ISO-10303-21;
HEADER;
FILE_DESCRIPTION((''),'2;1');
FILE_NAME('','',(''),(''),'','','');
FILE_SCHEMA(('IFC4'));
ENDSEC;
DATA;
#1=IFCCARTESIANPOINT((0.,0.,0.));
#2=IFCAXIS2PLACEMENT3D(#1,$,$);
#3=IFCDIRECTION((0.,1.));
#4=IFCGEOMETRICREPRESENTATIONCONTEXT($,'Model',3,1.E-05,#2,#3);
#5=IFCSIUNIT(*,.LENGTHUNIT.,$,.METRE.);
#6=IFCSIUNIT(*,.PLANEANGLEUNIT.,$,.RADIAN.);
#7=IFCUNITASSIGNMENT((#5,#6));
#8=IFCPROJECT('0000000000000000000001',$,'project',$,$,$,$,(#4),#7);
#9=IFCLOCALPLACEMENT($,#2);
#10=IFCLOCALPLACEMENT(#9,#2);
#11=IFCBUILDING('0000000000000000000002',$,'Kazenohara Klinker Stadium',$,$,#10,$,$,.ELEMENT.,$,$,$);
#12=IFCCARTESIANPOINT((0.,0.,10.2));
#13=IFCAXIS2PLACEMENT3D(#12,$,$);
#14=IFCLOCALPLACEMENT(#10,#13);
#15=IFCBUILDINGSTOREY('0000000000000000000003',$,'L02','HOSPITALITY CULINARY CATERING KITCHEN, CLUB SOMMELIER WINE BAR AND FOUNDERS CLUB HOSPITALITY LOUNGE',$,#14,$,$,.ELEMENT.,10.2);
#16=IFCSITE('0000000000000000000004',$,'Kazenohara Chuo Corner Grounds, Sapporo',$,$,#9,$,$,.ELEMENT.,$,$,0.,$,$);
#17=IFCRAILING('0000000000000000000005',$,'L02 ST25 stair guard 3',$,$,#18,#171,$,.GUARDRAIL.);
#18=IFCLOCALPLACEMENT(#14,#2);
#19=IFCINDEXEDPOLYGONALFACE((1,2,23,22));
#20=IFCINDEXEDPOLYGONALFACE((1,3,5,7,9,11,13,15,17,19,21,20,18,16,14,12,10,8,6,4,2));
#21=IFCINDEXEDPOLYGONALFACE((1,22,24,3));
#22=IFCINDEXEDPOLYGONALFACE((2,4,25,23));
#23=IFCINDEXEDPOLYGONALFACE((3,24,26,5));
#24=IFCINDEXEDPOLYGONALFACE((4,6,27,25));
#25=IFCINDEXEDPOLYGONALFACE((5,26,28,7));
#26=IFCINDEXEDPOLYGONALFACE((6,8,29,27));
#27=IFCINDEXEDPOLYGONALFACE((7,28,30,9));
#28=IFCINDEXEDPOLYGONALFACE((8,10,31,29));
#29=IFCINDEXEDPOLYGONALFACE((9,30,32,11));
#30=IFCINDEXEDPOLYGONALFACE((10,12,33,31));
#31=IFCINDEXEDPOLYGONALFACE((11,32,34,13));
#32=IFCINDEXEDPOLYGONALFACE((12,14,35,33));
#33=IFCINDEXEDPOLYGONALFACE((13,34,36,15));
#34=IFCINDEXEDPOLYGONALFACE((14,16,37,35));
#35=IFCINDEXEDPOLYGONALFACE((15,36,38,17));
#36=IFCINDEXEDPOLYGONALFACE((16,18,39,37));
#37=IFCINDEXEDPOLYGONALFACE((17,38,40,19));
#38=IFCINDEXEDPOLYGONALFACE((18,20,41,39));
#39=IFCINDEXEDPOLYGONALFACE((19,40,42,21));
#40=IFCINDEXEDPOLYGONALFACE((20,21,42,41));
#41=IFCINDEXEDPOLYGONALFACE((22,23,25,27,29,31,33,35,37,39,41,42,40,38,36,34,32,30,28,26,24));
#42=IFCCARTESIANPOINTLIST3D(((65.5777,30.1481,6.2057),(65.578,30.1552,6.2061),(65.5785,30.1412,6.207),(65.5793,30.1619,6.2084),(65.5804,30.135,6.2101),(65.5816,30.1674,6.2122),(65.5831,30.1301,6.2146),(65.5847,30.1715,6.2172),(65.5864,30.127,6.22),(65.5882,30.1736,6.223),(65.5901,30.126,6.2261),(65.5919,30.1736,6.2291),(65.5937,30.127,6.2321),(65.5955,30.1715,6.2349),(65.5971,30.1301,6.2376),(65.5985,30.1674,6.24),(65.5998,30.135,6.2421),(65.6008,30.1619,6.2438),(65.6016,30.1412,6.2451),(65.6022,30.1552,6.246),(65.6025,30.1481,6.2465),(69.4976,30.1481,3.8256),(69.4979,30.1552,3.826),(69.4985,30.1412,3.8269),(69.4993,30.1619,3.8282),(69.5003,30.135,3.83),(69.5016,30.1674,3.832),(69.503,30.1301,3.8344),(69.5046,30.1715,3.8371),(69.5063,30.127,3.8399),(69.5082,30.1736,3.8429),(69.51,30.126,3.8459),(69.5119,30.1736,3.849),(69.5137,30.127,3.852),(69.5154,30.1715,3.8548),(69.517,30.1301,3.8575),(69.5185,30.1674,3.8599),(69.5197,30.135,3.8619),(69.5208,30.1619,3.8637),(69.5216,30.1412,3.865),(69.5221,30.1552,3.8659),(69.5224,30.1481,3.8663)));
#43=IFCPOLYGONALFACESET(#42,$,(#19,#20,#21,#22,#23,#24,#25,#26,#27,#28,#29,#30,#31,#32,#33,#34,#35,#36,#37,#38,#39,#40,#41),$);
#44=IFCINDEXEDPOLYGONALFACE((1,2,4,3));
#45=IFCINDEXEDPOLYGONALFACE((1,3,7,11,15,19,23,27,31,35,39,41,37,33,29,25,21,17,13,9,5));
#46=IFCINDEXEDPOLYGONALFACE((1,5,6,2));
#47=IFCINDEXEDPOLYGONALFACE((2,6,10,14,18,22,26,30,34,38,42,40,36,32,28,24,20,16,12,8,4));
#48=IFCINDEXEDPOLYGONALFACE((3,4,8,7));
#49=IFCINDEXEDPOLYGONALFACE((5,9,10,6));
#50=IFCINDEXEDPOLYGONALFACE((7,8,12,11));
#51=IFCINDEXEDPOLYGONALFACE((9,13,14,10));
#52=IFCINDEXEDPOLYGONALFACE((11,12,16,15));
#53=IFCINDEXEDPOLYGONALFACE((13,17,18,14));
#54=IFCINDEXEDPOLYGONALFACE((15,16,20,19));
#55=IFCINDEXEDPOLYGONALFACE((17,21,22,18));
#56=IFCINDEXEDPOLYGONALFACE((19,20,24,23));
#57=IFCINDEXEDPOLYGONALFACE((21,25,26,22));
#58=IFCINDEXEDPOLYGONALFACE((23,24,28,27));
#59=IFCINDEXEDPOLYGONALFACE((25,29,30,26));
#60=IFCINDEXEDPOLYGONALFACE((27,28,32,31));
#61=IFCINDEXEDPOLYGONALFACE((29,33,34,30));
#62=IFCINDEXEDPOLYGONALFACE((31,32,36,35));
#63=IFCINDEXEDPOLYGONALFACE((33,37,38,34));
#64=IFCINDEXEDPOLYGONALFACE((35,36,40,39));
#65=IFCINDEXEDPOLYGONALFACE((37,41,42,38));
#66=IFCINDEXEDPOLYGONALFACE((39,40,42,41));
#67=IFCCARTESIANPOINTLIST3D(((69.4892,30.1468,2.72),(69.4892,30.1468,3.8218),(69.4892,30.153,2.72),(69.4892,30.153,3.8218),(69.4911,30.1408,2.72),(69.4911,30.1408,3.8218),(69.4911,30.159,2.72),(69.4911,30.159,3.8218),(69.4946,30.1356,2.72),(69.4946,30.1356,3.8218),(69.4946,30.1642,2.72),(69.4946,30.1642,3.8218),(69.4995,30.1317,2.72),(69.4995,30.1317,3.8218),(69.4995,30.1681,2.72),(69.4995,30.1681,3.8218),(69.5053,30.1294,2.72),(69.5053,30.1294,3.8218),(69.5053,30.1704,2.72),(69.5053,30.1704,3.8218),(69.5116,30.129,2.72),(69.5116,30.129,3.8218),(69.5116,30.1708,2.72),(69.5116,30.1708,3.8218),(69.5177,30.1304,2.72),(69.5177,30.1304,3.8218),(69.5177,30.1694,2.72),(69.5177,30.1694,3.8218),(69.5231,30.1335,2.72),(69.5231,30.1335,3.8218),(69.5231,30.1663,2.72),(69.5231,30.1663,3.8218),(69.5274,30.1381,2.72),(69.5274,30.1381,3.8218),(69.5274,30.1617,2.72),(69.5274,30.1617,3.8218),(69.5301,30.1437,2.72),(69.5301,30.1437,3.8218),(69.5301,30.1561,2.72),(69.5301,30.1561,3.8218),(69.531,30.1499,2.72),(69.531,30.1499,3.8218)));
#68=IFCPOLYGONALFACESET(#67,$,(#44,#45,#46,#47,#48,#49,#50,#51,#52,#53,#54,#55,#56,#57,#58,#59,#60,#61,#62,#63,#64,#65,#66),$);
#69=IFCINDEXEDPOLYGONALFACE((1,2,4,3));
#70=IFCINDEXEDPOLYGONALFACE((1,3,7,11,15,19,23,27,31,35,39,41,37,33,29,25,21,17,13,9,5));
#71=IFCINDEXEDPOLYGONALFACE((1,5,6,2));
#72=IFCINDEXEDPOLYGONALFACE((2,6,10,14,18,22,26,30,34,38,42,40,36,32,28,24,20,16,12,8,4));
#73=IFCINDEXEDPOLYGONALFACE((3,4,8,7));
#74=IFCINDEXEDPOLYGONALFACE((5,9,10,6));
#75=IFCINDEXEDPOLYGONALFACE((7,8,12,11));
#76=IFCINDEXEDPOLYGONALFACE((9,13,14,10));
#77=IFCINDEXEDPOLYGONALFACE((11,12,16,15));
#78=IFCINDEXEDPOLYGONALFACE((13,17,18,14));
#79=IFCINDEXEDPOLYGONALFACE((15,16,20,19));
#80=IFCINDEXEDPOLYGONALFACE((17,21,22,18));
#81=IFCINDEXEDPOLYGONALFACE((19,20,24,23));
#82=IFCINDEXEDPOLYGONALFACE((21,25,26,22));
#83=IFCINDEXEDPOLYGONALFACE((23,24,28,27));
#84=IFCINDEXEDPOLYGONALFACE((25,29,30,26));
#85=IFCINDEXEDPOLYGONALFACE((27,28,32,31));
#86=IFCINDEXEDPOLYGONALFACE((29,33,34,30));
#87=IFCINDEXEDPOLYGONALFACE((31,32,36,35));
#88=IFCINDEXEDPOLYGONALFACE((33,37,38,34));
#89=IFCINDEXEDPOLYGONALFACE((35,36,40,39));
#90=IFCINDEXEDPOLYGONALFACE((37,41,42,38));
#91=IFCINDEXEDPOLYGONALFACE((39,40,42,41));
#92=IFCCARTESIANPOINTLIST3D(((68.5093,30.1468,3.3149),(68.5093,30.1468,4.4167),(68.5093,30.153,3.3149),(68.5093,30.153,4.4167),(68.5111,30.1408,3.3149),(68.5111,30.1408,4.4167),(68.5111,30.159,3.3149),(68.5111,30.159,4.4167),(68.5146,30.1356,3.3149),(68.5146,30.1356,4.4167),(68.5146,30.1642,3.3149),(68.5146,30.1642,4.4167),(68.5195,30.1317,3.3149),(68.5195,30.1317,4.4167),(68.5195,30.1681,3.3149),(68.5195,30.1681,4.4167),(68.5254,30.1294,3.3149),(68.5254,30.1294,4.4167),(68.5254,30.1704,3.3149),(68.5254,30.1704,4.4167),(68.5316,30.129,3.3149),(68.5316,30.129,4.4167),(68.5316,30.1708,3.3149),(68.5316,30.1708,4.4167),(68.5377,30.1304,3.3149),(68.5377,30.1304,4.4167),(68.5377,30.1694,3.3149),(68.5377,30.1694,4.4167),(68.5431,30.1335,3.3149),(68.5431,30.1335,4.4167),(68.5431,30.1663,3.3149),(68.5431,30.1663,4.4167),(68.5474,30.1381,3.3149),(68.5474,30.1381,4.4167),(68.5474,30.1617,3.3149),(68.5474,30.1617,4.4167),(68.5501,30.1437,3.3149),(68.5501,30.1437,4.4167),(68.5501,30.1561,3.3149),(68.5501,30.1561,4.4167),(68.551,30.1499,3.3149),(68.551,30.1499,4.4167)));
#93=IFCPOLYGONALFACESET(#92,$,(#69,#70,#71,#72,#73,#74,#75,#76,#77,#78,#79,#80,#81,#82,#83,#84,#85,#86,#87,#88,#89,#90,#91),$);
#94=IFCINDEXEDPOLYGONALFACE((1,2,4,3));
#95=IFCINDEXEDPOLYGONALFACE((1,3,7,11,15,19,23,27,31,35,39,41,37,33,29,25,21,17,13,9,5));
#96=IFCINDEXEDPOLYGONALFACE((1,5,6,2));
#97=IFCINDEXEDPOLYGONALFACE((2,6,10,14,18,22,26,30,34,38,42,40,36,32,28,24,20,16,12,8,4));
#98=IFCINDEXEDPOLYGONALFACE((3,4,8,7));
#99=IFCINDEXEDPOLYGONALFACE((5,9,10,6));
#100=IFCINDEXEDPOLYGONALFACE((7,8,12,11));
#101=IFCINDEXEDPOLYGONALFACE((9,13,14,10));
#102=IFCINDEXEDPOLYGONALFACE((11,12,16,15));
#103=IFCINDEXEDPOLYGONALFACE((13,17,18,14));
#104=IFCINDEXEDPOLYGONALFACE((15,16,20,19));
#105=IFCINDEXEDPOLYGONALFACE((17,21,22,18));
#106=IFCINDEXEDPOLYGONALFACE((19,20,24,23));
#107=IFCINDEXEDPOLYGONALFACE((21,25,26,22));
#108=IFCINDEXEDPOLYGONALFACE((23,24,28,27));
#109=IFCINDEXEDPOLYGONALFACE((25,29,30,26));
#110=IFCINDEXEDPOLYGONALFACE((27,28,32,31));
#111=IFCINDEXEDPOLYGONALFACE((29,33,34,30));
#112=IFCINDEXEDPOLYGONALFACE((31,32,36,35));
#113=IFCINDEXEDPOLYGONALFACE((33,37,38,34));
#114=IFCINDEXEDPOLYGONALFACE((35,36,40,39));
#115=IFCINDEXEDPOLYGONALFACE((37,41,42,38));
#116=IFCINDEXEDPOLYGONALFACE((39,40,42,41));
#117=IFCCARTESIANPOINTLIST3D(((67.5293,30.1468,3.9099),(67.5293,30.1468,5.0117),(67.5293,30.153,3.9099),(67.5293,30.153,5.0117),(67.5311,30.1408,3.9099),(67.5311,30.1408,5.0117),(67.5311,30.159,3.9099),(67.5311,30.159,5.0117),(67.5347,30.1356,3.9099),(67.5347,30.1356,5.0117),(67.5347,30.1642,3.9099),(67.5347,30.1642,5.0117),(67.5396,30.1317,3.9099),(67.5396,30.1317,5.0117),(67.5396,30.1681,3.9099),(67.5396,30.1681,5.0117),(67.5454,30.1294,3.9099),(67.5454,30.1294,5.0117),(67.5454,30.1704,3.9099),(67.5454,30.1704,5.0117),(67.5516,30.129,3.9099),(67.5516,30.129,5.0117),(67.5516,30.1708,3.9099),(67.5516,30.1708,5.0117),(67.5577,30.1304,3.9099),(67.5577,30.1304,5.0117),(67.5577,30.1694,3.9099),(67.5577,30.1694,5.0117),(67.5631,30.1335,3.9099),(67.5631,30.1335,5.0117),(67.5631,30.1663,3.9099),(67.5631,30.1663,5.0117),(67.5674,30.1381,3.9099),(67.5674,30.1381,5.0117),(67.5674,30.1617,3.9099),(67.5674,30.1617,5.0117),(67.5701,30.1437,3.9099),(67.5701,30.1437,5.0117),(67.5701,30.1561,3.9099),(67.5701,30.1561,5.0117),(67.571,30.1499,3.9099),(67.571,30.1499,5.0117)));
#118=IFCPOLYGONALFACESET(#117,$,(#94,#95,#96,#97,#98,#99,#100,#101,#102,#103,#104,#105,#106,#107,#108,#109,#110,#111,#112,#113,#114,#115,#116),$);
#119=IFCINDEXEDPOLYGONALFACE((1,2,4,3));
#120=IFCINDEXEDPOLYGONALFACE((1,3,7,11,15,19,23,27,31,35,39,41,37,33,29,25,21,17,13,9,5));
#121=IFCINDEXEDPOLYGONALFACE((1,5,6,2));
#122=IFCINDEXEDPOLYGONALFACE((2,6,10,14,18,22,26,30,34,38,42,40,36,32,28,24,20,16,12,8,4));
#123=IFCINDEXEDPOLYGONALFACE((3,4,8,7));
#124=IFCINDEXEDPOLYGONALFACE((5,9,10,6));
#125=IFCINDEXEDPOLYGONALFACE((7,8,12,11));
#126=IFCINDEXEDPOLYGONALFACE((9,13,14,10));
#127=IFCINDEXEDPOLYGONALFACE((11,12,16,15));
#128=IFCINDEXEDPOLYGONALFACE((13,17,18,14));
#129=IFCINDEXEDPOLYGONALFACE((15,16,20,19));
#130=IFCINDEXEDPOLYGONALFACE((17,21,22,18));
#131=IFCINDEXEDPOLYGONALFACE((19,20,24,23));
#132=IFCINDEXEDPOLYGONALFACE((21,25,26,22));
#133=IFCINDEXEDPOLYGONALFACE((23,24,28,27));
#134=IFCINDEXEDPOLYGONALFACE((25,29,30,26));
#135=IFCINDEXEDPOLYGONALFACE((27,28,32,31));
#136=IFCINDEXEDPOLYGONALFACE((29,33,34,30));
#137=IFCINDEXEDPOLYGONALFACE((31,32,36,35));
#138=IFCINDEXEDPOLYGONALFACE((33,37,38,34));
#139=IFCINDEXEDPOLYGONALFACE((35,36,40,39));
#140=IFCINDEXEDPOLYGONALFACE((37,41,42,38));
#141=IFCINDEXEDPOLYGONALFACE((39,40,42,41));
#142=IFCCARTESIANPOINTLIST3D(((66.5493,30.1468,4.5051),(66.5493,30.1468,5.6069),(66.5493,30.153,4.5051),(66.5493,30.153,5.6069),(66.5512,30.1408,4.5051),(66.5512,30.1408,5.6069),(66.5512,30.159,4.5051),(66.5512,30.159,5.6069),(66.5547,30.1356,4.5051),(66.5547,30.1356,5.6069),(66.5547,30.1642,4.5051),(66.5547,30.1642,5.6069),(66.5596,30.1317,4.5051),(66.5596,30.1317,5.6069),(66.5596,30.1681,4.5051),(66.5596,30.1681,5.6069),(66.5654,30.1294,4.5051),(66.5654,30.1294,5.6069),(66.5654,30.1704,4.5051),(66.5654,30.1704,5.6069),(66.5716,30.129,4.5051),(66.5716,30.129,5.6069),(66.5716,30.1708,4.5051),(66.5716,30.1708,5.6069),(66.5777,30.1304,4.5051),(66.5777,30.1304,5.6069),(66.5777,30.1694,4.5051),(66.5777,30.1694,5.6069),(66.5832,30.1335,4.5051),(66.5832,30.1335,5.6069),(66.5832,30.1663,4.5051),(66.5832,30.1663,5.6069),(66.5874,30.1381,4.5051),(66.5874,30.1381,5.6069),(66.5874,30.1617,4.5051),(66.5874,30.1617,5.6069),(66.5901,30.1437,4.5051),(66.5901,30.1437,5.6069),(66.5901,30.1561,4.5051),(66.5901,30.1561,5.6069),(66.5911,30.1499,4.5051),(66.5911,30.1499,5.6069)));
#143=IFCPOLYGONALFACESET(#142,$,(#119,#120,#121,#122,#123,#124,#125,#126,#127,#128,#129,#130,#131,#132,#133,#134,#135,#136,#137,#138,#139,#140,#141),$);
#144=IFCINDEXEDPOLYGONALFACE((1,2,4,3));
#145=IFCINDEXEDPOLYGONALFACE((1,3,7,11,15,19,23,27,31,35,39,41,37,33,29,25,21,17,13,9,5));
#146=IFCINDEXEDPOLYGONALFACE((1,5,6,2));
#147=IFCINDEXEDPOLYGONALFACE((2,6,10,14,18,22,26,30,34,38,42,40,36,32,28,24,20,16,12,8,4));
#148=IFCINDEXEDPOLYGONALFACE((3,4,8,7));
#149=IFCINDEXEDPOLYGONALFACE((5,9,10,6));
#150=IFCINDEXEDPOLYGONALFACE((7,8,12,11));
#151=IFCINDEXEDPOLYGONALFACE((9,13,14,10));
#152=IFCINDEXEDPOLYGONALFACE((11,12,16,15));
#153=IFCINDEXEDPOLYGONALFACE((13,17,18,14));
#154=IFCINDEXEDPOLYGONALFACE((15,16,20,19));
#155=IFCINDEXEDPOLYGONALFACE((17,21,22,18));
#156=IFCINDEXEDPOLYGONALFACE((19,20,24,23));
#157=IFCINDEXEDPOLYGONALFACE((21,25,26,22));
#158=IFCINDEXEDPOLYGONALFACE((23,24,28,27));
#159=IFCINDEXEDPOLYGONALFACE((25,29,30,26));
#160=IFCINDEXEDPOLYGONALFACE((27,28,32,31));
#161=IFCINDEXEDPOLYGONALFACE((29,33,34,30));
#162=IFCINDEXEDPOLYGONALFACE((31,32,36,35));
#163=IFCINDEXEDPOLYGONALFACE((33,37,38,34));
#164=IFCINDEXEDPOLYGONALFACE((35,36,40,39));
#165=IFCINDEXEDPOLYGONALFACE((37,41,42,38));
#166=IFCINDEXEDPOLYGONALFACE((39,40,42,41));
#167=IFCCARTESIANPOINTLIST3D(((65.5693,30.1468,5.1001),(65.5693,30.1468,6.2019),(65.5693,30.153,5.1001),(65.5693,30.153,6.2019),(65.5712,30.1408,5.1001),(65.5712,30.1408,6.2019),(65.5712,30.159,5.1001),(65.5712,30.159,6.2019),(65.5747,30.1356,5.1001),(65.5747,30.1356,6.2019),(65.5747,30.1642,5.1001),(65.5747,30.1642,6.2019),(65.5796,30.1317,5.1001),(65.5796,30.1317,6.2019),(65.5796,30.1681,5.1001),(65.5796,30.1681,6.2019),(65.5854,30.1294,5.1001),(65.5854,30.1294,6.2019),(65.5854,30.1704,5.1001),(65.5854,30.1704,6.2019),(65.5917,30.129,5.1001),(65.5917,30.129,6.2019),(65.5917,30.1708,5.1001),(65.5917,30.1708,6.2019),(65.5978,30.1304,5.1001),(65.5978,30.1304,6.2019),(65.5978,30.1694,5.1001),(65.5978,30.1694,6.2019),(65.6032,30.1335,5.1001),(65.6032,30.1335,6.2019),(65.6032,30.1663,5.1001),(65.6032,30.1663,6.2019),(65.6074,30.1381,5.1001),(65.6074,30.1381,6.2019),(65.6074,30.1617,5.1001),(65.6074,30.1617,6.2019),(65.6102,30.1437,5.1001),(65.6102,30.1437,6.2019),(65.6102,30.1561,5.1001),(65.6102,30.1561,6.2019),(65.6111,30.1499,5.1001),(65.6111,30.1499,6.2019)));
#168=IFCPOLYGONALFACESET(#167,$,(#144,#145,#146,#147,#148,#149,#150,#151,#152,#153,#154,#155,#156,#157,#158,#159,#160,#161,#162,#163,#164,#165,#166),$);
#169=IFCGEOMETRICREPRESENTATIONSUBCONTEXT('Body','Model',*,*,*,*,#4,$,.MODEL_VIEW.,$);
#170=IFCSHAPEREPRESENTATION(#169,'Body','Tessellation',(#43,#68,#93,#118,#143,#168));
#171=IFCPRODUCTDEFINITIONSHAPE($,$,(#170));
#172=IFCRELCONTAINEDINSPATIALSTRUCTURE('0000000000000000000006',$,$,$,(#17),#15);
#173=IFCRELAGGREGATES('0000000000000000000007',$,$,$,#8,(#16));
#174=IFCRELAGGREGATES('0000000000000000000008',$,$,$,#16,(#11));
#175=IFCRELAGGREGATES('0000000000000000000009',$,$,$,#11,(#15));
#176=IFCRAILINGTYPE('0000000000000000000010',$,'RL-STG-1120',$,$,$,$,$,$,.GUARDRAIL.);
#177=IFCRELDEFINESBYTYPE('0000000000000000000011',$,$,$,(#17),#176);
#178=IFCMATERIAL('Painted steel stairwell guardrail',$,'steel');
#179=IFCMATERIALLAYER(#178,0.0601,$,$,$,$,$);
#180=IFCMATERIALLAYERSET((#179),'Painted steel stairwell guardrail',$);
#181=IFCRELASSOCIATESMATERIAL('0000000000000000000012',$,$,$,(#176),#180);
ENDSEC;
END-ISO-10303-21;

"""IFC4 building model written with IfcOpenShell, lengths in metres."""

from ifc_helpers import new_model, si_unit, direction, frame, origin, origin_2d, place, context, subcontext, project, spatial, circle, extrude, material, layer, layer_set, type_object, element, save


model = new_model("IFC4")

# Units and contexts
model_context = context("Model", 3, precision=1e-05, world=origin(), true_north=direction((0.0, 1.0)))
body_context = subcontext(model_context, "Body", "Model", "MODEL_VIEW")
ifc_project = project(units=[si_unit("LENGTHUNIT", "METRE"), si_unit("PLANEANGLEUNIT", "RADIAN")], contexts=[model_context])

# Site, building, storey
site_placement = place(None, origin())
site = spatial("IfcSite", under=ifc_project, at=site_placement, Name="Kazenohara Chuo Corner Grounds, Sapporo", CompositionType="ELEMENT", RefElevation=0.0)
building_placement = place(site_placement, origin())
building = spatial("IfcBuilding", under=site, at=building_placement, Name="Kazenohara Klinker Stadium", CompositionType="ELEMENT")
storey_placement = place(building_placement, frame((0.0, 0.0, 10.2)))
storey = spatial("IfcBuildingStorey", under=building, at=storey_placement, Name="L02", Description="HOSPITALITY CULINARY CATERING KITCHEN, CLUB SOMMELIER WINE BAR AND FOUNDERS CLUB HOSPITALITY LOUNGE", CompositionType="ELEMENT", Elevation=10.2)

# Railing
ifc_material_1 = material(Name="Painted steel stairwell guardrail", Category="steel")
ifc_layer_1 = layer(ifc_material_1, 0.0601)
ifc_layer_set_1 = layer_set([ifc_layer_1], Name="Painted steel stairwell guardrail")
railing_type_1 = type_object("IfcRailingType", Name="RL-STG-1120", PredefinedType="GUARDRAIL", material=ifc_layer_set_1)
railing_1_placement = place(storey_placement, frame((69.51, 30.1499, 2.72)))
element("IfcRailing", 1, at=railing_1_placement, inside=storey, type_object=railing_type_1, Name="L02 ST25 stair guard 3", PredefinedType="GUARDRAIL", context=body_context, shape_type="SweptSolid", body=[
    extrude(circle(Radius=0.0239, at=origin_2d()), frame((0.0, 0.0, 1.126), z_axis=(-0.854771, 0.0, 0.519006), x_axis=(0.0, -1.0, 0.0)), (0.0, 0.0, 1.0), 4.5859),
    extrude(circle(Radius=0.021, at=origin_2d()), origin(), (0.0, 0.0, 1.0), 1.1018),
    extrude(circle(Radius=0.021, at=origin_2d()), frame((-0.98, 0.0, 0.595)), (0.0, 0.0, 1.0), 1.1018),
    extrude(circle(Radius=0.021, at=origin_2d()), frame((-1.96, 0.0, 1.1899)), (0.0, 0.0, 1.0), 1.1018),
    extrude(circle(Radius=0.021, at=origin_2d()), frame((-2.9399, 0.0, 1.7852)), (0.0, 0.0, 1.0), 1.1018),
    extrude(circle(Radius=0.021, at=origin_2d()), frame((-3.9199, 0.0, 2.3801)), (0.0, 0.0, 1.0), 1.1018),
])

save(model, "model.ifc")
